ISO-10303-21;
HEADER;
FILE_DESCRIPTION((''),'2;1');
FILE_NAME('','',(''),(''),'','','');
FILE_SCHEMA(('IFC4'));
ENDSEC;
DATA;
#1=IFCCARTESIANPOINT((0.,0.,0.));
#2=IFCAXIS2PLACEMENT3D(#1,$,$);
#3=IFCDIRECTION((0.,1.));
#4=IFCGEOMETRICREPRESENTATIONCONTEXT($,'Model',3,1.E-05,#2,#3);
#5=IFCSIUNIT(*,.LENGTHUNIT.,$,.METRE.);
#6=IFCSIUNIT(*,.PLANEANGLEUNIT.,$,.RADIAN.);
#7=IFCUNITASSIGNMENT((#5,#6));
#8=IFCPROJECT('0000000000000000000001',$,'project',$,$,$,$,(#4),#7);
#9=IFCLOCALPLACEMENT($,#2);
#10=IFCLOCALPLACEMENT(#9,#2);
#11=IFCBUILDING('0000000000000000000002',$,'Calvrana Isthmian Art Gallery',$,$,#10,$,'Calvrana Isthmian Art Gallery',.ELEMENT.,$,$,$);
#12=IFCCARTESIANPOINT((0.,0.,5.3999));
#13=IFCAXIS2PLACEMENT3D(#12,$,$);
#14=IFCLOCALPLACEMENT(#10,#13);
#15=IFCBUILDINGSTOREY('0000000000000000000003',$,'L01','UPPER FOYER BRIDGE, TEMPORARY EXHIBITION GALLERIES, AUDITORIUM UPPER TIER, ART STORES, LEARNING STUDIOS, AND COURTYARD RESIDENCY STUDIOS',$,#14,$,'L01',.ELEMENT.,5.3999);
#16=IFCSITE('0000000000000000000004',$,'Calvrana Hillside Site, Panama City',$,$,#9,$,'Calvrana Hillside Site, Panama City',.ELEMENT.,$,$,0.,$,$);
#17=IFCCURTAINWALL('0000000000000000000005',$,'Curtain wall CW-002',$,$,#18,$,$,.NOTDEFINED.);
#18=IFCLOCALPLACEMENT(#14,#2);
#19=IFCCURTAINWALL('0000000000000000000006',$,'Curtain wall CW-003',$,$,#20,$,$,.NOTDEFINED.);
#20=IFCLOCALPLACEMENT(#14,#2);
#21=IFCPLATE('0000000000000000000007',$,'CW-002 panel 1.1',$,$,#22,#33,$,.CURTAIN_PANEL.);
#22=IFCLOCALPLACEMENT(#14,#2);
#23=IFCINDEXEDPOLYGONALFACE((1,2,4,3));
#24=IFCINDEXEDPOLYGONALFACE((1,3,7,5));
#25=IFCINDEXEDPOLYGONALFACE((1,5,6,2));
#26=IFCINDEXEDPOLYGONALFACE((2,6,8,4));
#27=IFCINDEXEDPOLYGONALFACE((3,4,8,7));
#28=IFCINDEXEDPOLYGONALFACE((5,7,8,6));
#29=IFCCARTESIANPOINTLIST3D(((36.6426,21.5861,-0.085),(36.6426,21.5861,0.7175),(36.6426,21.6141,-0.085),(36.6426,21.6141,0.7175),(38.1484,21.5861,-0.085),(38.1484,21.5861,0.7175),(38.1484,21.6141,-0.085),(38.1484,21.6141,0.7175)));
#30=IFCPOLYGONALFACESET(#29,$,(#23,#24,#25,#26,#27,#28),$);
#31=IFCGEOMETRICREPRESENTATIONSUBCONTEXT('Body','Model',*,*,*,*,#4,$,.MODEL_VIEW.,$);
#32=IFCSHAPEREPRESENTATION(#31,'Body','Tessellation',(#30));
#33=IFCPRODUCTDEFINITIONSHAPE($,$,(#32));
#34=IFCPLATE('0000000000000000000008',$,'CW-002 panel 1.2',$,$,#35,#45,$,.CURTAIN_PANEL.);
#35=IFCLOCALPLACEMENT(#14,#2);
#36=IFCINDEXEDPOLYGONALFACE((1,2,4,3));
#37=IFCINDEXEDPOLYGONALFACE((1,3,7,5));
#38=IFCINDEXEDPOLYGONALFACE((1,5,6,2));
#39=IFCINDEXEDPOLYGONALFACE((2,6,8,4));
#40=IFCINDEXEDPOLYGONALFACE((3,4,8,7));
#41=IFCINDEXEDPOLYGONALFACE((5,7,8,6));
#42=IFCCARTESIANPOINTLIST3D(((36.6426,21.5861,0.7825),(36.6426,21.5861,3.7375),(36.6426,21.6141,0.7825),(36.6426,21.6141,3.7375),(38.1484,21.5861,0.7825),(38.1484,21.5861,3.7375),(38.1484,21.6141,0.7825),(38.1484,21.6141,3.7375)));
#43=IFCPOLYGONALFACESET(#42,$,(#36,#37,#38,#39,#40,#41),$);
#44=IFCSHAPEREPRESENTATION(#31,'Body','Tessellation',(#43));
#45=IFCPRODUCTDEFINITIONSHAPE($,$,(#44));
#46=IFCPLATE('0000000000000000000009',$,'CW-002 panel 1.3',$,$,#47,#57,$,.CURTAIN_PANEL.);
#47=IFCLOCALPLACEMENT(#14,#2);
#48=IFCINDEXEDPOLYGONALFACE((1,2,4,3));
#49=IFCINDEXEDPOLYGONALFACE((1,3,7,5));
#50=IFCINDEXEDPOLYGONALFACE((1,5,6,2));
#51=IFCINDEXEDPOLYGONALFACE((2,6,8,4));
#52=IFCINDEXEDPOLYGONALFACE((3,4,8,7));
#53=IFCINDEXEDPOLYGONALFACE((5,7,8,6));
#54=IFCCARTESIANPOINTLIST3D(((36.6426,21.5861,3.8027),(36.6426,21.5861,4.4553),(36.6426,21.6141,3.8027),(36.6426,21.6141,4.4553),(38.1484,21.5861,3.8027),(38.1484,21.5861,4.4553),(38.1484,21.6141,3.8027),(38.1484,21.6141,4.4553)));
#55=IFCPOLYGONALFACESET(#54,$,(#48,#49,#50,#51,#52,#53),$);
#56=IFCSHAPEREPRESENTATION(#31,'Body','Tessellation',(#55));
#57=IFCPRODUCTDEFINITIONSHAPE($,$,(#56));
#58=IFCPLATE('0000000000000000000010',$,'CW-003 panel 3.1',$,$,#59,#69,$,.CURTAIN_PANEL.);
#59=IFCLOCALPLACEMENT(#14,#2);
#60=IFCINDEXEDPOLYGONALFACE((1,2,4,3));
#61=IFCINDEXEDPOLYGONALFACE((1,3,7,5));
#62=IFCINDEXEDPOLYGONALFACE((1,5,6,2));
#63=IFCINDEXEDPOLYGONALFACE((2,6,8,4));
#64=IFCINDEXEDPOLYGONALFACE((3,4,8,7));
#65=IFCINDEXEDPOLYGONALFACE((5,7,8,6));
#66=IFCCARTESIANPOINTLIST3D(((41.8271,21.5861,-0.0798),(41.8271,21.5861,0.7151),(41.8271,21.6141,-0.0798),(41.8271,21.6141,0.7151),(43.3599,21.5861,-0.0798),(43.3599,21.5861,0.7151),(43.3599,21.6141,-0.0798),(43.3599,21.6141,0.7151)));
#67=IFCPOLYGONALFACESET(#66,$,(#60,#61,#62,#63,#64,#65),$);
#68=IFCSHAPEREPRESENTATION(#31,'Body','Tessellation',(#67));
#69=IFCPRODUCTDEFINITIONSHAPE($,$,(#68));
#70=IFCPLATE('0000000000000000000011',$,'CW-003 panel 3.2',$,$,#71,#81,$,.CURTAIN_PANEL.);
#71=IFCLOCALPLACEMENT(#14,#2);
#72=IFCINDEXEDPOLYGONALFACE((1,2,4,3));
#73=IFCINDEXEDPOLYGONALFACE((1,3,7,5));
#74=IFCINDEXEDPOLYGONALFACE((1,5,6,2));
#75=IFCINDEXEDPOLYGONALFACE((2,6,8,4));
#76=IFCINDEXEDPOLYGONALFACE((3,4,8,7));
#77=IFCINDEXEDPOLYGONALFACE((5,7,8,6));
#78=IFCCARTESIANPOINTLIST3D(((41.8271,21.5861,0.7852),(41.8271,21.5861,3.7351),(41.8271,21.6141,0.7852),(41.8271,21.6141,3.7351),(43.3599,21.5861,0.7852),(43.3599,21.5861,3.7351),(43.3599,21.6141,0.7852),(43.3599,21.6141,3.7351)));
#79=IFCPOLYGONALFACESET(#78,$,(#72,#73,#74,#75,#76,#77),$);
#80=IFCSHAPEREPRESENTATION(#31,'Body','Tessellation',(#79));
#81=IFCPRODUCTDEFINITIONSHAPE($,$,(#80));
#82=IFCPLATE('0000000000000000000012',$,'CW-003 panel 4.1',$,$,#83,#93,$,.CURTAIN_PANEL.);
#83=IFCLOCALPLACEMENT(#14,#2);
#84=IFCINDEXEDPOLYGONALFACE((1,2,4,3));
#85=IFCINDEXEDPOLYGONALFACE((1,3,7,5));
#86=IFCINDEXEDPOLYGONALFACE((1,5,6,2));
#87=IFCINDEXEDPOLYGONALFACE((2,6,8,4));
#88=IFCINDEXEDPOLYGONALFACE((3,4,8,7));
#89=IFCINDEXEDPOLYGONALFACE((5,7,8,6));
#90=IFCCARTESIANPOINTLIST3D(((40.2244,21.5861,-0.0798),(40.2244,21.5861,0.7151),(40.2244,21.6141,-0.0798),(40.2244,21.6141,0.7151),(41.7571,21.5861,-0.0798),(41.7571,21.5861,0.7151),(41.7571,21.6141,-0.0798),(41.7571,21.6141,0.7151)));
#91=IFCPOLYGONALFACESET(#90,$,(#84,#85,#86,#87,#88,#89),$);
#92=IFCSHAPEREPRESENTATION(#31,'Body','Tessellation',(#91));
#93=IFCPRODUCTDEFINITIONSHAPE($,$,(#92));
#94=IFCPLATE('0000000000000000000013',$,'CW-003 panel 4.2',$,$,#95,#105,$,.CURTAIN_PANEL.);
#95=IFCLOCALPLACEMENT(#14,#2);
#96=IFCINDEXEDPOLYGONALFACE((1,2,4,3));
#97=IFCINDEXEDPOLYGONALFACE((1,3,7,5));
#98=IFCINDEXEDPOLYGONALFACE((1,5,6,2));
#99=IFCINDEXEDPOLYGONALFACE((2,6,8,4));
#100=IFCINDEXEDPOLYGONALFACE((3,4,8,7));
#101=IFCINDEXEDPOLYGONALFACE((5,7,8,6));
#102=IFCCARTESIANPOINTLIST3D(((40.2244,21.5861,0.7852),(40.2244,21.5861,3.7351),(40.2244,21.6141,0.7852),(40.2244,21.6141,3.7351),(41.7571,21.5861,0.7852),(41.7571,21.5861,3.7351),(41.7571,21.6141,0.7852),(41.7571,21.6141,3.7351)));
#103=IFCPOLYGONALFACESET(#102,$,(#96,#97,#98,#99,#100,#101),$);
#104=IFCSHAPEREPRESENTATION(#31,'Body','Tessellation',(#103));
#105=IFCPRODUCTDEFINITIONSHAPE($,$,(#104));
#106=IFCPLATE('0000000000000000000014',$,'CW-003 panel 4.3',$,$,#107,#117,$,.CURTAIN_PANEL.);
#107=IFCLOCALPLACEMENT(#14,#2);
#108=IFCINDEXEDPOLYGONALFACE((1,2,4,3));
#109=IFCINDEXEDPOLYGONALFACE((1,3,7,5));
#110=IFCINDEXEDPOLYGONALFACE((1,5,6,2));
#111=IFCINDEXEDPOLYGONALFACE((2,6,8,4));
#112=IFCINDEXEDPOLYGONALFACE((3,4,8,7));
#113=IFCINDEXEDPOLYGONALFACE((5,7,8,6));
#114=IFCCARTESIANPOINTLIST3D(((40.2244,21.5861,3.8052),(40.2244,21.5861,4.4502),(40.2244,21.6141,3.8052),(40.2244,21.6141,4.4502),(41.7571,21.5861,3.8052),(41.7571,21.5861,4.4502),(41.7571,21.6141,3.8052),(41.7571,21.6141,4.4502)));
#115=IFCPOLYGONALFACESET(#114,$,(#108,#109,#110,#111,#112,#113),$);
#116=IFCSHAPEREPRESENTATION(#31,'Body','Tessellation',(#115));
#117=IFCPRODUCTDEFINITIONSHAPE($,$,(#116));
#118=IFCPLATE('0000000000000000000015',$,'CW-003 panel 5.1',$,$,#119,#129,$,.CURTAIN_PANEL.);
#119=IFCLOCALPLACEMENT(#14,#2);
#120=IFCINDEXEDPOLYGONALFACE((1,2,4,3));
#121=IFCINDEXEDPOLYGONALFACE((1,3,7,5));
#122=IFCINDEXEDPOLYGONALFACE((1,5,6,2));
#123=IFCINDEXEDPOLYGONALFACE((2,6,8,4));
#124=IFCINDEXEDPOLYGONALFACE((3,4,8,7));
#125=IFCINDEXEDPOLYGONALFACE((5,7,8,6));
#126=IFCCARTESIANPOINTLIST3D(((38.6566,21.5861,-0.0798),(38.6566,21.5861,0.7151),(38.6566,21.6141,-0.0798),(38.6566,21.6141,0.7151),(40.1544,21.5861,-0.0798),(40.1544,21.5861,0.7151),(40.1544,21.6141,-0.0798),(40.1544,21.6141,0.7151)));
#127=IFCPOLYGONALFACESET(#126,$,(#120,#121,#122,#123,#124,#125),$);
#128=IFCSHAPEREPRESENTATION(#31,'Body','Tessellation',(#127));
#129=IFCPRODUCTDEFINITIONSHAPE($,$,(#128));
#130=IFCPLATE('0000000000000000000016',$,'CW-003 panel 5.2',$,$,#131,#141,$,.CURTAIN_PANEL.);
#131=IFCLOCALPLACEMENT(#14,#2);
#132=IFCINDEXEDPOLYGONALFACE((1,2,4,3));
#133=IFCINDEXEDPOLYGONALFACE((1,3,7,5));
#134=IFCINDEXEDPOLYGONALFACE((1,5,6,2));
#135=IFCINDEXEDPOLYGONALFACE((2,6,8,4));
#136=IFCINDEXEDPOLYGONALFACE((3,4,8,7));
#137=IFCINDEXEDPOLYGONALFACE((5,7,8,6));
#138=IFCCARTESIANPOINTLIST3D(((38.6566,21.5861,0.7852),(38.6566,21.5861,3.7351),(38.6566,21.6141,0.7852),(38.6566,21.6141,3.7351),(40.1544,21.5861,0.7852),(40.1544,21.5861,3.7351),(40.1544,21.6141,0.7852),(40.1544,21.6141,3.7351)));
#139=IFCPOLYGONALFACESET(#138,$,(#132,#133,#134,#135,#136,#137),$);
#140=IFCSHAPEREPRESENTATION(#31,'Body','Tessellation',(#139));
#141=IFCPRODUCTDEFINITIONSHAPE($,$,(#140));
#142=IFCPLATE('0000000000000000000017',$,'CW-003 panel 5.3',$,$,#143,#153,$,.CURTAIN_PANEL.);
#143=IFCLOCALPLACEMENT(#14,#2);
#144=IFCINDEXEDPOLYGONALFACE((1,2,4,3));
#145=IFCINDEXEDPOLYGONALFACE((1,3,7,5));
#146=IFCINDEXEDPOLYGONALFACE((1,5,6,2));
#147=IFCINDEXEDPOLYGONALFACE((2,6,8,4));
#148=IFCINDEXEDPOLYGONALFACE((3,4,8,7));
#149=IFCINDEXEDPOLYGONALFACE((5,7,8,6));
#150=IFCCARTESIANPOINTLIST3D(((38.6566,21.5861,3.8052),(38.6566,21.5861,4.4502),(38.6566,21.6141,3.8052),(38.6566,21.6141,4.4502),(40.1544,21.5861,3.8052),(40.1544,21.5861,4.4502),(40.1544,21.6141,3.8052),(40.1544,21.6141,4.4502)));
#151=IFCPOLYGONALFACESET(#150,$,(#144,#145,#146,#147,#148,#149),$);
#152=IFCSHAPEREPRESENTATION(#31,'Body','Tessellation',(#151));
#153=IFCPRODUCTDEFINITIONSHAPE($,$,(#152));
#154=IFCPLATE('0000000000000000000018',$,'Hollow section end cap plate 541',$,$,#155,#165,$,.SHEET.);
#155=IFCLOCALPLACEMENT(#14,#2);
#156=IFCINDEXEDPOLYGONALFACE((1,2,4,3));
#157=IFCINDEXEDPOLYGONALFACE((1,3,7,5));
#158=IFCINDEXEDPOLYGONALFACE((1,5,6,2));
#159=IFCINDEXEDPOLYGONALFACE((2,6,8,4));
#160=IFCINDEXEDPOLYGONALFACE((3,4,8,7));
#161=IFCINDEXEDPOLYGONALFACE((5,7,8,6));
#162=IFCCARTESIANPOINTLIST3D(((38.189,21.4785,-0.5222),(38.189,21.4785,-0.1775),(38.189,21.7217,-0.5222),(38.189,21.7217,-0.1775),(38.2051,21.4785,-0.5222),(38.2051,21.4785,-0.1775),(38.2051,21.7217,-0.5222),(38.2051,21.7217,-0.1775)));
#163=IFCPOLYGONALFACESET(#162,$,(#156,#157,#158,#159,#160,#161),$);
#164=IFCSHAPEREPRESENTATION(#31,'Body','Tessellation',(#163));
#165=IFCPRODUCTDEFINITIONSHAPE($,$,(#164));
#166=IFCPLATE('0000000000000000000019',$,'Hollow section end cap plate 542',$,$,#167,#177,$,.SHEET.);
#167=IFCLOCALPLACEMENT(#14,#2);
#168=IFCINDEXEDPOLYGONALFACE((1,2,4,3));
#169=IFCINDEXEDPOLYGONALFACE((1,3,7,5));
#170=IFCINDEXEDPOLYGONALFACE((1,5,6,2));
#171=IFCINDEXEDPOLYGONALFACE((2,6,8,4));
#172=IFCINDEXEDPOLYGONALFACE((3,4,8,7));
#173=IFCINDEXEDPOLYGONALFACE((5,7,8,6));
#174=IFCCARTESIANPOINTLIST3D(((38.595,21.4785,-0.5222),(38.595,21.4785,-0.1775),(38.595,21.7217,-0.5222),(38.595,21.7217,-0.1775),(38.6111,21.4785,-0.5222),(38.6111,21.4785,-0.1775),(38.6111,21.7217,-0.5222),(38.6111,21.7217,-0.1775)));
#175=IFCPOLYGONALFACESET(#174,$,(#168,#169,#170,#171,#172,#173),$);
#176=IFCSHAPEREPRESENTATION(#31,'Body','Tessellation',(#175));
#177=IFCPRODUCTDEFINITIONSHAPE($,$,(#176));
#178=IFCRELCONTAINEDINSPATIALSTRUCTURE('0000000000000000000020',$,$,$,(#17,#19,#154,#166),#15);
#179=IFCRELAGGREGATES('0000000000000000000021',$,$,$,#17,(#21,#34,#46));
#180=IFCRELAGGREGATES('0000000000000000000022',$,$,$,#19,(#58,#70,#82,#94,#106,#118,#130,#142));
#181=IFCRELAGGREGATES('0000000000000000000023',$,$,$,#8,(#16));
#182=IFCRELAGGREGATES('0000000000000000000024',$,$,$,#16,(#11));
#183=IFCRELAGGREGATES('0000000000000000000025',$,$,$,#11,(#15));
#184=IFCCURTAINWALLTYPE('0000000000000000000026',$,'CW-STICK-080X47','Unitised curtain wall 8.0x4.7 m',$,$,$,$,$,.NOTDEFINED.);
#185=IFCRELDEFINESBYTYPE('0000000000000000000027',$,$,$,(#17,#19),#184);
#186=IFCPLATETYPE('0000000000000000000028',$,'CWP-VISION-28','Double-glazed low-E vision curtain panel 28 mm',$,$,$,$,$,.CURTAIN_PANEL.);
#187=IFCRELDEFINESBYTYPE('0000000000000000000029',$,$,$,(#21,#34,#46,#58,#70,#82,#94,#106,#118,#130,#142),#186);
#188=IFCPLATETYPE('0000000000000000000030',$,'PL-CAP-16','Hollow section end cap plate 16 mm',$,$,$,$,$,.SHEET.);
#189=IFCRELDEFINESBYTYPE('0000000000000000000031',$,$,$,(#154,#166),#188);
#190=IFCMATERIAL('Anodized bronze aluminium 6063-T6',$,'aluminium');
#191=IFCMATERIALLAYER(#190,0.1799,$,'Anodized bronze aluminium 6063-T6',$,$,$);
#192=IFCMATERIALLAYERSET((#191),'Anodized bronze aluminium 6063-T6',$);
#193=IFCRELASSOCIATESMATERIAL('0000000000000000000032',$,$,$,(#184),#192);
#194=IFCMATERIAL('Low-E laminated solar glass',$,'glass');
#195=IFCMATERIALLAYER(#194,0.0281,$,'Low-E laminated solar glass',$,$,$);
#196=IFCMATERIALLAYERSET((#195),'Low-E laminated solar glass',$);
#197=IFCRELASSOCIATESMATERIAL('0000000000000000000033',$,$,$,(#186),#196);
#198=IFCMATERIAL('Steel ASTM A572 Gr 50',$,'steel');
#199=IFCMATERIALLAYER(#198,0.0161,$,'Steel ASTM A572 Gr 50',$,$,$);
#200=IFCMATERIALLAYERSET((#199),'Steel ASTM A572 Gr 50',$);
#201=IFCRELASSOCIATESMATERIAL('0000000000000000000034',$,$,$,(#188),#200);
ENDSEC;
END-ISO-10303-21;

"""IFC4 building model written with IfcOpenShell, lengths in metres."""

from ifc_helpers import new_model, si_unit, direction, frame, origin, origin_2d, place, context, subcontext, project, spatial, rectangle, extrude, material, layer, layer_set, type_object, element, aggregate, save


model = new_model("IFC4")

# Units and contexts
model_context = context("Model", 3, precision=1e-05, world=origin(), true_north=direction((0.0, 1.0)))
body_context = subcontext(model_context, "Body", "Model", "MODEL_VIEW")
ifc_project = project(units=[si_unit("LENGTHUNIT", "METRE"), si_unit("PLANEANGLEUNIT", "RADIAN")], contexts=[model_context])

# Site, building, storey
site_placement = place(None, origin())
site = spatial("IfcSite", under=ifc_project, at=site_placement, Name="Calvrana Hillside Site, Panama City", LongName="Calvrana Hillside Site, Panama City", CompositionType="ELEMENT", RefElevation=0.0)
building_placement = place(site_placement, origin())
building = spatial("IfcBuilding", under=site, at=building_placement, Name="Calvrana Isthmian Art Gallery", LongName="Calvrana Isthmian Art Gallery", CompositionType="ELEMENT")
storey_placement = place(building_placement, frame((0.0, 0.0, 5.3999)))
storey = spatial("IfcBuildingStorey", under=building, at=storey_placement, Name="L01", Description="UPPER FOYER BRIDGE, TEMPORARY EXHIBITION GALLERIES, AUDITORIUM UPPER TIER, ART STORES, LEARNING STUDIOS, AND COURTYARD RESIDENCY STUDIOS", LongName="L01", CompositionType="ELEMENT", Elevation=5.3999)

# Curtain wall
ifc_material_1 = material(Name="Anodized bronze aluminium 6063-T6", Category="aluminium")
ifc_layer_1 = layer(ifc_material_1, 0.1799, Name="Anodized bronze aluminium 6063-T6")
ifc_layer_set_1 = layer_set([ifc_layer_1], Name="Anodized bronze aluminium 6063-T6")
curtain_wall_type = type_object("IfcCurtainWallType", Name="CW-STICK-080X47", Description="Unitised curtain wall 8.0x4.7 m", PredefinedType="NOTDEFINED", material=ifc_layer_set_1)
curtain_wall_1_placement = place(storey_placement, origin())
curtain_wall_1 = element("IfcCurtainWall", 1, at=curtain_wall_1_placement, inside=storey, type_object=curtain_wall_type, Name="Curtain wall CW-002", PredefinedType="NOTDEFINED")

# Curtain wall
curtain_wall_2_placement = place(storey_placement, origin())
curtain_wall_2 = element("IfcCurtainWall", 2, at=curtain_wall_2_placement, inside=storey, type_object=curtain_wall_type, Name="Curtain wall CW-003", PredefinedType="NOTDEFINED")

# Plates
ifc_material_2 = material(Name="Low-E laminated solar glass", Category="glass")
ifc_layer_2 = layer(ifc_material_2, 0.0281, Name="Low-E laminated solar glass")
ifc_layer_set_2 = layer_set([ifc_layer_2], Name="Low-E laminated solar glass")
plate_type_1 = type_object("IfcPlateType", Name="CWP-VISION-28", Description="Double-glazed low-E vision curtain panel 28 mm", PredefinedType="CURTAIN_PANEL", material=ifc_layer_set_2)
plate_1_placement = place(storey_placement, frame((37.3955, 21.6001, -0.085), z_axis=(0.0, 0.0, 1.0), x_axis=(-1.0, 0.0, 0.0)))
plate_1 = element("IfcPlate", 3, at=plate_1_placement, type_object=plate_type_1, Name="CW-002 panel 1.1", PredefinedType="CURTAIN_PANEL", context=body_context, shape_type="SweptSolid", body=[
    extrude(rectangle(XDim=1.5059, YDim=0.0281, at=origin_2d()), origin(), (0.0, 0.0, 1.0), 0.8025),
])
plate_2_placement = place(storey_placement, frame((37.3955, 21.6001, 0.7825), z_axis=(0.0, 0.0, 1.0), x_axis=(-1.0, 0.0, 0.0)))
plate_2 = element("IfcPlate", 4, at=plate_2_placement, type_object=plate_type_1, Name="CW-002 panel 1.2", PredefinedType="CURTAIN_PANEL", context=body_context, shape_type="SweptSolid", body=[
    extrude(rectangle(XDim=1.5059, YDim=0.0281, at=origin_2d()), origin(), (0.0, 0.0, 1.0), 2.9551),
])
plate_3_placement = place(storey_placement, frame((37.3955, 21.6001, 3.8027), z_axis=(0.0, 0.0, 1.0), x_axis=(-1.0, 0.0, 0.0)))
plate_3 = element("IfcPlate", 5, at=plate_3_placement, type_object=plate_type_1, Name="CW-002 panel 1.3", PredefinedType="CURTAIN_PANEL", context=body_context, shape_type="SweptSolid", body=[
    extrude(rectangle(XDim=1.5059, YDim=0.0281, at=origin_2d()), origin(), (0.0, 0.0, 1.0), 0.6526),
])
aggregate(curtain_wall_1, [plate_1, plate_2, plate_3])
plate_4_placement = place(storey_placement, frame((42.5935, 21.6001, -0.0798), z_axis=(0.0, 0.0, 1.0), x_axis=(-1.0, 0.0, 0.0)))
plate_4 = element("IfcPlate", 6, at=plate_4_placement, type_object=plate_type_1, Name="CW-003 panel 3.1", PredefinedType="CURTAIN_PANEL", context=body_context, shape_type="SweptSolid", body=[
    extrude(rectangle(XDim=1.5327, YDim=0.0281, at=origin_2d()), origin(), (0.0, 0.0, 1.0), 0.7949),
])
plate_5_placement = place(storey_placement, frame((42.5935, 21.6001, 0.7852), z_axis=(0.0, 0.0, 1.0), x_axis=(-1.0, 0.0, 0.0)))
plate_5 = element("IfcPlate", 7, at=plate_5_placement, type_object=plate_type_1, Name="CW-003 panel 3.2", PredefinedType="CURTAIN_PANEL", context=body_context, shape_type="SweptSolid", body=[
    extrude(rectangle(XDim=1.5327, YDim=0.0281, at=origin_2d()), origin(), (0.0, 0.0, 1.0), 2.95),
])
plate_6_placement = place(storey_placement, frame((40.9907, 21.6001, -0.0798), z_axis=(0.0, 0.0, 1.0), x_axis=(-1.0, 0.0, 0.0)))
plate_6 = element("IfcPlate", 8, at=plate_6_placement, type_object=plate_type_1, Name="CW-003 panel 4.1", PredefinedType="CURTAIN_PANEL", context=body_context, shape_type="SweptSolid", body=[
    extrude(rectangle(XDim=1.5327, YDim=0.0281, at=origin_2d()), origin(), (0.0, 0.0, 1.0), 0.7949),
])
plate_7_placement = place(storey_placement, frame((40.9907, 21.6001, 0.7852), z_axis=(0.0, 0.0, 1.0), x_axis=(-1.0, 0.0, 0.0)))
plate_7 = element("IfcPlate", 9, at=plate_7_placement, type_object=plate_type_1, Name="CW-003 panel 4.2", PredefinedType="CURTAIN_PANEL", context=body_context, shape_type="SweptSolid", body=[
    extrude(rectangle(XDim=1.5327, YDim=0.0281, at=origin_2d()), origin(), (0.0, 0.0, 1.0), 2.95),
])
plate_8_placement = place(storey_placement, frame((40.9907, 21.6001, 3.8052), z_axis=(0.0, 0.0, 1.0), x_axis=(-1.0, 0.0, 0.0)))
plate_8 = element("IfcPlate", 10, at=plate_8_placement, type_object=plate_type_1, Name="CW-003 panel 4.3", PredefinedType="CURTAIN_PANEL", context=body_context, shape_type="SweptSolid", body=[
    extrude(rectangle(XDim=1.5327, YDim=0.0281, at=origin_2d()), origin(), (0.0, 0.0, 1.0), 0.645),
])
plate_9_placement = place(storey_placement, frame((39.4055, 21.6001, -0.0798), z_axis=(0.0, 0.0, 1.0), x_axis=(-1.0, 0.0, 0.0)))
plate_9 = element("IfcPlate", 11, at=plate_9_placement, type_object=plate_type_1, Name="CW-003 panel 5.1", PredefinedType="CURTAIN_PANEL", context=body_context, shape_type="SweptSolid", body=[
    extrude(rectangle(XDim=1.4978, YDim=0.0281, at=origin_2d()), origin(), (0.0, 0.0, 1.0), 0.7949),
])
plate_10_placement = place(storey_placement, frame((39.4055, 21.6001, 0.7852), z_axis=(0.0, 0.0, 1.0), x_axis=(-1.0, 0.0, 0.0)))
plate_10 = element("IfcPlate", 12, at=plate_10_placement, type_object=plate_type_1, Name="CW-003 panel 5.2", PredefinedType="CURTAIN_PANEL", context=body_context, shape_type="SweptSolid", body=[
    extrude(rectangle(XDim=1.4978, YDim=0.0281, at=origin_2d()), origin(), (0.0, 0.0, 1.0), 2.95),
])
plate_11_placement = place(storey_placement, frame((39.4055, 21.6001, 3.8052), z_axis=(0.0, 0.0, 1.0), x_axis=(-1.0, 0.0, 0.0)))
plate_11 = element("IfcPlate", 13, at=plate_11_placement, type_object=plate_type_1, Name="CW-003 panel 5.3", PredefinedType="CURTAIN_PANEL", context=body_context, shape_type="SweptSolid", body=[
    extrude(rectangle(XDim=1.4978, YDim=0.0281, at=origin_2d()), origin(), (0.0, 0.0, 1.0), 0.645),
])
aggregate(curtain_wall_2, [plate_4, plate_5, plate_6, plate_7, plate_8, plate_9, plate_10, plate_11])

# Plates
ifc_material_3 = material(Name="Steel ASTM A572 Gr 50", Category="steel")
ifc_layer_3 = layer(ifc_material_3, 0.0161, Name="Steel ASTM A572 Gr 50")
ifc_layer_set_3 = layer_set([ifc_layer_3], Name="Steel ASTM A572 Gr 50")
plate_type_2 = type_object("IfcPlateType", Name="PL-CAP-16", Description="Hollow section end cap plate 16 mm", PredefinedType="SHEET", material=ifc_layer_set_3)
for number, where, z_axis, x_axis, name in (
    (14, (38.197, 21.6001, -0.5222), (0.0, 0.0, 1.0), (1.0, 0.0, 0.0), "Hollow section end cap plate 541"),
    (15, (38.603, 21.6001, -0.5222), (0.0, 0.0, 1.0), (1.0, 0.0, 0.0), "Hollow section end cap plate 542"),
):
    element("IfcPlate", number, at=place(storey_placement, frame(where, z_axis=z_axis, x_axis=x_axis)), inside=storey, type_object=plate_type_2, Name=name, PredefinedType="SHEET", context=body_context, shape_type="SweptSolid", body=[
        extrude(rectangle(XDim=0.0161, YDim=0.2432, at=origin_2d()), origin(), (0.0, 0.0, 1.0), 0.3447),
    ])

save(model, "model.ifc")
